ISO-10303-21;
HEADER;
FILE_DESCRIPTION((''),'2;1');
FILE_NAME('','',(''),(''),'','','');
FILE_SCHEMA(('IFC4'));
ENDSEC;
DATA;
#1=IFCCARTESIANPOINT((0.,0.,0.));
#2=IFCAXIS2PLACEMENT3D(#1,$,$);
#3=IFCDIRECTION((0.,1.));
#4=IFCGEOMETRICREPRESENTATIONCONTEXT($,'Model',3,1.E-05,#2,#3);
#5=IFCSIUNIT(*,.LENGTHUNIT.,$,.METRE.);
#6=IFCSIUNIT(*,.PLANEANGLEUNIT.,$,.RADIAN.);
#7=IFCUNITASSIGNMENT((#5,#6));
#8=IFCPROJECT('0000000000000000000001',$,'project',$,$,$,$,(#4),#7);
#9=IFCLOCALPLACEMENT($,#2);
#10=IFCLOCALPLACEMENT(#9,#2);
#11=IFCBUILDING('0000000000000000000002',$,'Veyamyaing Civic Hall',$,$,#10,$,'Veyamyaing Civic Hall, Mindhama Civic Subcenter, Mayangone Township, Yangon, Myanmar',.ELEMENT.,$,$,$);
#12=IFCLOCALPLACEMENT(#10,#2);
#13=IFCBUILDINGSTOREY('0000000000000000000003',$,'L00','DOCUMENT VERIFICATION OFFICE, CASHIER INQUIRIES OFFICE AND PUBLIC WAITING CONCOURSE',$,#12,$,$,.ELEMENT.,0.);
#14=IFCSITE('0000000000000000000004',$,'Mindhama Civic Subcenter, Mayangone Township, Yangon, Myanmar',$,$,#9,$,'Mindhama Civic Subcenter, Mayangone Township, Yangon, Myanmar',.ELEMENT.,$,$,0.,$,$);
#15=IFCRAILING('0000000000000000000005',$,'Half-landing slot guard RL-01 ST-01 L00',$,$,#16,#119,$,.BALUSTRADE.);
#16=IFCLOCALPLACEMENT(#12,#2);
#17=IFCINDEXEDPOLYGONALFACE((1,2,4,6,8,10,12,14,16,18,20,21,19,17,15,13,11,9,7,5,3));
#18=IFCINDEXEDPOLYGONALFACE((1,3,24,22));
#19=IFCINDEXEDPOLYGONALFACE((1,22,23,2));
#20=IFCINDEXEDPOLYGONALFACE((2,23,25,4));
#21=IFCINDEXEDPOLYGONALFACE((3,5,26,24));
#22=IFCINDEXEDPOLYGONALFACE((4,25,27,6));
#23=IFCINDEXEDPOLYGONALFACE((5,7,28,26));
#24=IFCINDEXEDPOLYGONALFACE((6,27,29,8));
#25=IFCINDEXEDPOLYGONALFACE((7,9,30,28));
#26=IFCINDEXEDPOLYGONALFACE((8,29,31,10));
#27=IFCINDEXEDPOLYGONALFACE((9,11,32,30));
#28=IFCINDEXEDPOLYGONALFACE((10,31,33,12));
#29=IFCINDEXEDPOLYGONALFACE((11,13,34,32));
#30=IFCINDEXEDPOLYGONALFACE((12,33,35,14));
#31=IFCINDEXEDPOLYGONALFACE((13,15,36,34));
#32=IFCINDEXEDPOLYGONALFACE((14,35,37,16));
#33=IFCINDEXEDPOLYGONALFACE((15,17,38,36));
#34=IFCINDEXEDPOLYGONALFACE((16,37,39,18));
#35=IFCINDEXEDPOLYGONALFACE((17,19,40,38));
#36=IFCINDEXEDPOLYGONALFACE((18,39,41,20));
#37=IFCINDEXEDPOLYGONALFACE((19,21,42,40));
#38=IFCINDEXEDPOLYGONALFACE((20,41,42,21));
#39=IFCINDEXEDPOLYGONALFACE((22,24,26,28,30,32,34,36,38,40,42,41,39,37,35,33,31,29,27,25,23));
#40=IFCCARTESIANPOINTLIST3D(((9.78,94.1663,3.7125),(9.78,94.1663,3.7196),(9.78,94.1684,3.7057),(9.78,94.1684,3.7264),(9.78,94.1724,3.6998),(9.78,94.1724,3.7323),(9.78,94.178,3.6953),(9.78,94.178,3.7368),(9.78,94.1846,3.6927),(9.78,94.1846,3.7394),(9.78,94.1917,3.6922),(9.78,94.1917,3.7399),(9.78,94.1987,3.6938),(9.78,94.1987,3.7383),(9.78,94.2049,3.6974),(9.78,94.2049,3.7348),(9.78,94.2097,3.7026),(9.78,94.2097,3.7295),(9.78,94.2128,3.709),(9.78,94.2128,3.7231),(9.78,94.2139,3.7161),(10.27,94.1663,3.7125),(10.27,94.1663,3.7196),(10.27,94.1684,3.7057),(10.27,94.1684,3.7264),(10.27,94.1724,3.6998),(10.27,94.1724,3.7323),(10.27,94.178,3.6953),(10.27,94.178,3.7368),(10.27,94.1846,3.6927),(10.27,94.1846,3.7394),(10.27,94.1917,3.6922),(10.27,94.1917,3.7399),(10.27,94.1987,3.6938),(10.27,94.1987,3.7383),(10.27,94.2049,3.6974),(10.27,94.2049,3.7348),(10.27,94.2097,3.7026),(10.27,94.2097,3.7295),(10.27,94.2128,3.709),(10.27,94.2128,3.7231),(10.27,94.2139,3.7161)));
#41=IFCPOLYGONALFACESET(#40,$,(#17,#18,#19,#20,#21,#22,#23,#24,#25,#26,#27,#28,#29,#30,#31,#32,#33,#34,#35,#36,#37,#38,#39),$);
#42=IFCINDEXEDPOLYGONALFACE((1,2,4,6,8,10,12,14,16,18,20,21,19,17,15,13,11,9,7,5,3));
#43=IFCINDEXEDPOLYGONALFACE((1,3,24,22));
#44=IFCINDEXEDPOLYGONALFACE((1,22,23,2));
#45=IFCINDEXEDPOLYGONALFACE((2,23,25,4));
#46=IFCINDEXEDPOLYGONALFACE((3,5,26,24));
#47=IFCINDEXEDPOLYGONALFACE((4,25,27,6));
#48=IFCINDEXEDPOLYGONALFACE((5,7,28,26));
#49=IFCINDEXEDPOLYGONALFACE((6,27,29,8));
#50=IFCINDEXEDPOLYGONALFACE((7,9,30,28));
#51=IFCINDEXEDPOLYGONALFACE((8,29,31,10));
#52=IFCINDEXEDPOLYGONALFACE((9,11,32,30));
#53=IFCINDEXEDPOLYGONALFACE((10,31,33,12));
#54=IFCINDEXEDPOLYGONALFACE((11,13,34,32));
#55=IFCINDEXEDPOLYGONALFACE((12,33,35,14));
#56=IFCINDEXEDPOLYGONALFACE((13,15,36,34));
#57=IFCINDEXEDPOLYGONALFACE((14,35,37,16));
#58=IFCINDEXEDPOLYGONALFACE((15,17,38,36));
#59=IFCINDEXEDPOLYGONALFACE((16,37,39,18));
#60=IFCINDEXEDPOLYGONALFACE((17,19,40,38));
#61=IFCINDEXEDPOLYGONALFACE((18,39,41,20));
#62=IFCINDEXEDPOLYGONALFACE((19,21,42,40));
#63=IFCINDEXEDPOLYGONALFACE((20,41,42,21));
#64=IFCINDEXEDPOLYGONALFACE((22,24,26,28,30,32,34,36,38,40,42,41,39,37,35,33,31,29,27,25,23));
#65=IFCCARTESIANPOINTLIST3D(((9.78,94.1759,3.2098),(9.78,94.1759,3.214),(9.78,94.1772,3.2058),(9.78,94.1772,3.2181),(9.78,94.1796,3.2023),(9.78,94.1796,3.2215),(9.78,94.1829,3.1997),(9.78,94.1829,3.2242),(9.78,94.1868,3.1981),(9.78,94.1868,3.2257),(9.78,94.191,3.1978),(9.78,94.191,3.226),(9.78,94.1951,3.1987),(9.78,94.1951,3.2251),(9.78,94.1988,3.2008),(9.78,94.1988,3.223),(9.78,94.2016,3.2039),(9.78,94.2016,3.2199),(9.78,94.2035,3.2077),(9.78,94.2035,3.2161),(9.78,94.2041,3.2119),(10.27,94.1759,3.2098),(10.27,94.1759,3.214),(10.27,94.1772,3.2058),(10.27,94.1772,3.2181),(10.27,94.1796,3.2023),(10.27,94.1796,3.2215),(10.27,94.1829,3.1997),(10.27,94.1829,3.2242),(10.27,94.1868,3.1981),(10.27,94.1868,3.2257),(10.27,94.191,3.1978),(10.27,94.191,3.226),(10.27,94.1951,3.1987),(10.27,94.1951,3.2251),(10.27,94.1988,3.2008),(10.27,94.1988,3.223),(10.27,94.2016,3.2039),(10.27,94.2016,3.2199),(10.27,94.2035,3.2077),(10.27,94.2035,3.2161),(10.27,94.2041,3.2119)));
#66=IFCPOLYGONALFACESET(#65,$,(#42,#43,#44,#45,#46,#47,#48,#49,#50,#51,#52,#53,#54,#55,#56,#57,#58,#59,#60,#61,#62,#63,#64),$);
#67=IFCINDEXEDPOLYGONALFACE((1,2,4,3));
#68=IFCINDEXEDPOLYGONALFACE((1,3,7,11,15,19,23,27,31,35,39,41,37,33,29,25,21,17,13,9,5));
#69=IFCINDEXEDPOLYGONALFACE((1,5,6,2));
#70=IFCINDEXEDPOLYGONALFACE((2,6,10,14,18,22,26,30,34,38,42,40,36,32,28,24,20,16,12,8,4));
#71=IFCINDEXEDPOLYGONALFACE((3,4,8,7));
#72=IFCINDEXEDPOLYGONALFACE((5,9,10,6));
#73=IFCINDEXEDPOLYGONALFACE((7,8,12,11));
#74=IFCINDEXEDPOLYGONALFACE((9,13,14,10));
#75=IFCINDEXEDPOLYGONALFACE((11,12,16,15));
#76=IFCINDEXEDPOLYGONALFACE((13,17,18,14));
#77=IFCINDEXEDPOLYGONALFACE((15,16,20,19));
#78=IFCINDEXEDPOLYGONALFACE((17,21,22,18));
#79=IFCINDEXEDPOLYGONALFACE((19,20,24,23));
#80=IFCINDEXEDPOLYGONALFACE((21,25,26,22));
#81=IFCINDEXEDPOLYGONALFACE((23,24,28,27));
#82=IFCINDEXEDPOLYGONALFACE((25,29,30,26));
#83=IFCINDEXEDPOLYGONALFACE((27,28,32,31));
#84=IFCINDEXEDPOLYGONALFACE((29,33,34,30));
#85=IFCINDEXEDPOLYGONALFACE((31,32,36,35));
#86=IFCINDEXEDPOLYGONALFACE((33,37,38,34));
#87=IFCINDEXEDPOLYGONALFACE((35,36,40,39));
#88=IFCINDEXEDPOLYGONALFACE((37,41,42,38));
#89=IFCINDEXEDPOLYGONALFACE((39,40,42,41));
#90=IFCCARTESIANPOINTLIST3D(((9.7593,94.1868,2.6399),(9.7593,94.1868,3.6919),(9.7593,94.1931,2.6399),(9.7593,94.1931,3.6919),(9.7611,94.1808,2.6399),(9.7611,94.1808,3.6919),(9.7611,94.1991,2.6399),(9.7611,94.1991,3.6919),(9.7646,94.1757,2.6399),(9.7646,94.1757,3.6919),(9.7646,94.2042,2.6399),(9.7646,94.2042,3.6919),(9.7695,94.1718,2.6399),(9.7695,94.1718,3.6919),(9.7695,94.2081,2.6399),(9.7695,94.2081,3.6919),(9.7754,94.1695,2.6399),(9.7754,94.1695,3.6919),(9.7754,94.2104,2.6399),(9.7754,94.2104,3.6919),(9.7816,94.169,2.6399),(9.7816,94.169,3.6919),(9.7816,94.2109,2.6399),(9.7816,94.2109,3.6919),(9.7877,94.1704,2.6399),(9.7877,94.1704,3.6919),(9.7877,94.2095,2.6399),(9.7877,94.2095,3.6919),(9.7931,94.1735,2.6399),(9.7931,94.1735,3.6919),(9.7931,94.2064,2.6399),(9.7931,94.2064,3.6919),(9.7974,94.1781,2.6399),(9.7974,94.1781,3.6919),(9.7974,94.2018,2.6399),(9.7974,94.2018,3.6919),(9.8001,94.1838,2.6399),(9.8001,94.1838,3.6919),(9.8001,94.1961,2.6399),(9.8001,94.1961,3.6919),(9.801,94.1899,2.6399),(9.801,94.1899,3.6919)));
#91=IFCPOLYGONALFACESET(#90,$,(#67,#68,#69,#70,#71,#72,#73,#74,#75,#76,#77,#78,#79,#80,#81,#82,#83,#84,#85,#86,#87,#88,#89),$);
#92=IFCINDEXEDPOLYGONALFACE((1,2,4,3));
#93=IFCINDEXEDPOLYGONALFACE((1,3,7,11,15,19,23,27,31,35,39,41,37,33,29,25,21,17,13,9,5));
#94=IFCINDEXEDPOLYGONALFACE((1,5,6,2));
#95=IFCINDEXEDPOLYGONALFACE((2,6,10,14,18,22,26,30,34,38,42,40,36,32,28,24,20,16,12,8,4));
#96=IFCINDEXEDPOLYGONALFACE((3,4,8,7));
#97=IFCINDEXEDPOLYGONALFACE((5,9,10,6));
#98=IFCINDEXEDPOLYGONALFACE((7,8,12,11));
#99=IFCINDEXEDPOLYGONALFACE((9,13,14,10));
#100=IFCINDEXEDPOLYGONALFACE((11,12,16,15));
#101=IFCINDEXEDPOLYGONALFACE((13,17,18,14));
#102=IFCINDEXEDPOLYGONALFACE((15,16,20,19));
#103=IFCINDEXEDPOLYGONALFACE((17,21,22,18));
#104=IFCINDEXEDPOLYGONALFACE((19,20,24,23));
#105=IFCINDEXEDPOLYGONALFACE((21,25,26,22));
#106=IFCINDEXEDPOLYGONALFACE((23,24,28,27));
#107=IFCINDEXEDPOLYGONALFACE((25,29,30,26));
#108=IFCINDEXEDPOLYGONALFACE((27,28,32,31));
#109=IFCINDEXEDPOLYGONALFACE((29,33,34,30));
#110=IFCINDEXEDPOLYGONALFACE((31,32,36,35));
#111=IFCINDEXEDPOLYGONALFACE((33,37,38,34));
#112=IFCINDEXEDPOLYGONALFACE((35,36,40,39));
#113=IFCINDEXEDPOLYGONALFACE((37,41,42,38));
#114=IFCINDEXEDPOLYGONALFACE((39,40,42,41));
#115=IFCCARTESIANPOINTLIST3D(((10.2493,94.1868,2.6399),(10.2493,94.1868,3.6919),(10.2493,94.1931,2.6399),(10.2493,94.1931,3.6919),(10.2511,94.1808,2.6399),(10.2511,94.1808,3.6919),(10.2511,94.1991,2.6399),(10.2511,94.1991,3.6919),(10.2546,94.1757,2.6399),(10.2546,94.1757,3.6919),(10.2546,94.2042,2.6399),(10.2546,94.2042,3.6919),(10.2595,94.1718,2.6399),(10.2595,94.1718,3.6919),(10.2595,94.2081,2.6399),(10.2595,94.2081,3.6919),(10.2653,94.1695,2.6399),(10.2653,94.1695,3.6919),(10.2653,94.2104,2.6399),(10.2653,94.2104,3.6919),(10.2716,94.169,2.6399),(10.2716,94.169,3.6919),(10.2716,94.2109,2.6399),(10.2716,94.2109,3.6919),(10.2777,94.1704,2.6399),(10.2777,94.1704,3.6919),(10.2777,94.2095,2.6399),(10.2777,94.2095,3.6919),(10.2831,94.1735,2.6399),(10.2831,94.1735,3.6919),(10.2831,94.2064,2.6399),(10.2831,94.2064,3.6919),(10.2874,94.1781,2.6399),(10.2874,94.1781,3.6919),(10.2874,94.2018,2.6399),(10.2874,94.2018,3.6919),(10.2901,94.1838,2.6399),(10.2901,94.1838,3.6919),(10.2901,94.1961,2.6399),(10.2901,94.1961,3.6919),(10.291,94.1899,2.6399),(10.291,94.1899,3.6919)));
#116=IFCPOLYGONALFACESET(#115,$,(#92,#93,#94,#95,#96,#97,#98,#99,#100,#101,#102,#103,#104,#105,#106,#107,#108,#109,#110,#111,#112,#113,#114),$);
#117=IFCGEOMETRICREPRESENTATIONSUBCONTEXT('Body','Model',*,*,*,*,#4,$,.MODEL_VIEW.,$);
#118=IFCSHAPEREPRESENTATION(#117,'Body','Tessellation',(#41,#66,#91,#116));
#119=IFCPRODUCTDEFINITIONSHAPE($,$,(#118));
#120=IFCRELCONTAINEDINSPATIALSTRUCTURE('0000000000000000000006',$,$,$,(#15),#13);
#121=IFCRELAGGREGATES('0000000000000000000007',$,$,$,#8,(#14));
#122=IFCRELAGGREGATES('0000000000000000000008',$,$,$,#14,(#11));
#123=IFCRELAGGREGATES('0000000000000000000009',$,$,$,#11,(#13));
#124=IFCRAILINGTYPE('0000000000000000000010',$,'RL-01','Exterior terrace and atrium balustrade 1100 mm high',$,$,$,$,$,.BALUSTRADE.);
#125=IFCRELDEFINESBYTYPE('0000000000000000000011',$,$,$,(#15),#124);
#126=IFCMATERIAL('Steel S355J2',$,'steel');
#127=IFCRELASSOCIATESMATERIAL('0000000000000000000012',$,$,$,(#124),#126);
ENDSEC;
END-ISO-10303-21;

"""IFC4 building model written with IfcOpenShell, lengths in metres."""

from ifc_helpers import new_model, si_unit, direction, frame, origin, origin_2d, place, context, subcontext, project, spatial, circle, extrude, material, type_object, element, save


model = new_model("IFC4")

# Units and contexts
model_context = context("Model", 3, precision=1e-05, world=origin(), true_north=direction((0.0, 1.0)))
body_context = subcontext(model_context, "Body", "Model", "MODEL_VIEW")
ifc_project = project(units=[si_unit("LENGTHUNIT", "METRE"), si_unit("PLANEANGLEUNIT", "RADIAN")], contexts=[model_context])

# Site, building, storey
site_placement = place(None, origin())
site = spatial("IfcSite", under=ifc_project, at=site_placement, Name="Mindhama Civic Subcenter, Mayangone Township, Yangon, Myanmar", LongName="Mindhama Civic Subcenter, Mayangone Township, Yangon, Myanmar", CompositionType="ELEMENT", RefElevation=0.0)
building_placement = place(site_placement, origin())
building = spatial("IfcBuilding", under=site, at=building_placement, Name="Veyamyaing Civic Hall", LongName="Veyamyaing Civic Hall, Mindhama Civic Subcenter, Mayangone Township, Yangon, Myanmar", CompositionType="ELEMENT")
storey_placement = place(building_placement, origin())
storey = spatial("IfcBuildingStorey", under=building, at=storey_placement, Name="L00", Description="DOCUMENT VERIFICATION OFFICE, CASHIER INQUIRIES OFFICE AND PUBLIC WAITING CONCOURSE", CompositionType="ELEMENT", Elevation=0.0)

# Railing
ifc_material_1 = material(Name="Steel S355J2", Category="steel")
railing_type_1 = type_object("IfcRailingType", Name="RL-01", Description="Exterior terrace and atrium balustrade 1100 mm high", PredefinedType="BALUSTRADE", material=ifc_material_1)
railing_1_placement = place(storey_placement, frame((9.78, 94.1899, 2.6399)))
element("IfcRailing", 1, at=railing_1_placement, inside=storey, type_object=railing_type_1, Name="Half-landing slot guard RL-01 ST-01 L00", PredefinedType="BALUSTRADE", context=body_context, shape_type="SweptSolid", body=[
    extrude(circle(Radius=0.0239, at=origin_2d()), frame((0.0, 0.0, 1.0762), z_axis=(1.0, 0.0, 0.0), x_axis=(0.0, 1.0, 0.0)), (0.0, 0.0, 1.0), 0.49),
    extrude(circle(Radius=0.0142, at=origin_2d()), frame((0.0, 0.0, 0.572), z_axis=(1.0, 0.0, 0.0), x_axis=(0.0, 1.0, 0.0)), (0.0, 0.0, 1.0), 0.49),
    extrude(circle(Radius=0.021, at=origin_2d()), origin(), (0.0, 0.0, 1.0), 1.052),
    extrude(circle(Radius=0.021, at=origin_2d()), frame((0.49, 0.0, 0.0)), (0.0, 0.0, 1.0), 1.052),
])

save(model, "model.ifc")
